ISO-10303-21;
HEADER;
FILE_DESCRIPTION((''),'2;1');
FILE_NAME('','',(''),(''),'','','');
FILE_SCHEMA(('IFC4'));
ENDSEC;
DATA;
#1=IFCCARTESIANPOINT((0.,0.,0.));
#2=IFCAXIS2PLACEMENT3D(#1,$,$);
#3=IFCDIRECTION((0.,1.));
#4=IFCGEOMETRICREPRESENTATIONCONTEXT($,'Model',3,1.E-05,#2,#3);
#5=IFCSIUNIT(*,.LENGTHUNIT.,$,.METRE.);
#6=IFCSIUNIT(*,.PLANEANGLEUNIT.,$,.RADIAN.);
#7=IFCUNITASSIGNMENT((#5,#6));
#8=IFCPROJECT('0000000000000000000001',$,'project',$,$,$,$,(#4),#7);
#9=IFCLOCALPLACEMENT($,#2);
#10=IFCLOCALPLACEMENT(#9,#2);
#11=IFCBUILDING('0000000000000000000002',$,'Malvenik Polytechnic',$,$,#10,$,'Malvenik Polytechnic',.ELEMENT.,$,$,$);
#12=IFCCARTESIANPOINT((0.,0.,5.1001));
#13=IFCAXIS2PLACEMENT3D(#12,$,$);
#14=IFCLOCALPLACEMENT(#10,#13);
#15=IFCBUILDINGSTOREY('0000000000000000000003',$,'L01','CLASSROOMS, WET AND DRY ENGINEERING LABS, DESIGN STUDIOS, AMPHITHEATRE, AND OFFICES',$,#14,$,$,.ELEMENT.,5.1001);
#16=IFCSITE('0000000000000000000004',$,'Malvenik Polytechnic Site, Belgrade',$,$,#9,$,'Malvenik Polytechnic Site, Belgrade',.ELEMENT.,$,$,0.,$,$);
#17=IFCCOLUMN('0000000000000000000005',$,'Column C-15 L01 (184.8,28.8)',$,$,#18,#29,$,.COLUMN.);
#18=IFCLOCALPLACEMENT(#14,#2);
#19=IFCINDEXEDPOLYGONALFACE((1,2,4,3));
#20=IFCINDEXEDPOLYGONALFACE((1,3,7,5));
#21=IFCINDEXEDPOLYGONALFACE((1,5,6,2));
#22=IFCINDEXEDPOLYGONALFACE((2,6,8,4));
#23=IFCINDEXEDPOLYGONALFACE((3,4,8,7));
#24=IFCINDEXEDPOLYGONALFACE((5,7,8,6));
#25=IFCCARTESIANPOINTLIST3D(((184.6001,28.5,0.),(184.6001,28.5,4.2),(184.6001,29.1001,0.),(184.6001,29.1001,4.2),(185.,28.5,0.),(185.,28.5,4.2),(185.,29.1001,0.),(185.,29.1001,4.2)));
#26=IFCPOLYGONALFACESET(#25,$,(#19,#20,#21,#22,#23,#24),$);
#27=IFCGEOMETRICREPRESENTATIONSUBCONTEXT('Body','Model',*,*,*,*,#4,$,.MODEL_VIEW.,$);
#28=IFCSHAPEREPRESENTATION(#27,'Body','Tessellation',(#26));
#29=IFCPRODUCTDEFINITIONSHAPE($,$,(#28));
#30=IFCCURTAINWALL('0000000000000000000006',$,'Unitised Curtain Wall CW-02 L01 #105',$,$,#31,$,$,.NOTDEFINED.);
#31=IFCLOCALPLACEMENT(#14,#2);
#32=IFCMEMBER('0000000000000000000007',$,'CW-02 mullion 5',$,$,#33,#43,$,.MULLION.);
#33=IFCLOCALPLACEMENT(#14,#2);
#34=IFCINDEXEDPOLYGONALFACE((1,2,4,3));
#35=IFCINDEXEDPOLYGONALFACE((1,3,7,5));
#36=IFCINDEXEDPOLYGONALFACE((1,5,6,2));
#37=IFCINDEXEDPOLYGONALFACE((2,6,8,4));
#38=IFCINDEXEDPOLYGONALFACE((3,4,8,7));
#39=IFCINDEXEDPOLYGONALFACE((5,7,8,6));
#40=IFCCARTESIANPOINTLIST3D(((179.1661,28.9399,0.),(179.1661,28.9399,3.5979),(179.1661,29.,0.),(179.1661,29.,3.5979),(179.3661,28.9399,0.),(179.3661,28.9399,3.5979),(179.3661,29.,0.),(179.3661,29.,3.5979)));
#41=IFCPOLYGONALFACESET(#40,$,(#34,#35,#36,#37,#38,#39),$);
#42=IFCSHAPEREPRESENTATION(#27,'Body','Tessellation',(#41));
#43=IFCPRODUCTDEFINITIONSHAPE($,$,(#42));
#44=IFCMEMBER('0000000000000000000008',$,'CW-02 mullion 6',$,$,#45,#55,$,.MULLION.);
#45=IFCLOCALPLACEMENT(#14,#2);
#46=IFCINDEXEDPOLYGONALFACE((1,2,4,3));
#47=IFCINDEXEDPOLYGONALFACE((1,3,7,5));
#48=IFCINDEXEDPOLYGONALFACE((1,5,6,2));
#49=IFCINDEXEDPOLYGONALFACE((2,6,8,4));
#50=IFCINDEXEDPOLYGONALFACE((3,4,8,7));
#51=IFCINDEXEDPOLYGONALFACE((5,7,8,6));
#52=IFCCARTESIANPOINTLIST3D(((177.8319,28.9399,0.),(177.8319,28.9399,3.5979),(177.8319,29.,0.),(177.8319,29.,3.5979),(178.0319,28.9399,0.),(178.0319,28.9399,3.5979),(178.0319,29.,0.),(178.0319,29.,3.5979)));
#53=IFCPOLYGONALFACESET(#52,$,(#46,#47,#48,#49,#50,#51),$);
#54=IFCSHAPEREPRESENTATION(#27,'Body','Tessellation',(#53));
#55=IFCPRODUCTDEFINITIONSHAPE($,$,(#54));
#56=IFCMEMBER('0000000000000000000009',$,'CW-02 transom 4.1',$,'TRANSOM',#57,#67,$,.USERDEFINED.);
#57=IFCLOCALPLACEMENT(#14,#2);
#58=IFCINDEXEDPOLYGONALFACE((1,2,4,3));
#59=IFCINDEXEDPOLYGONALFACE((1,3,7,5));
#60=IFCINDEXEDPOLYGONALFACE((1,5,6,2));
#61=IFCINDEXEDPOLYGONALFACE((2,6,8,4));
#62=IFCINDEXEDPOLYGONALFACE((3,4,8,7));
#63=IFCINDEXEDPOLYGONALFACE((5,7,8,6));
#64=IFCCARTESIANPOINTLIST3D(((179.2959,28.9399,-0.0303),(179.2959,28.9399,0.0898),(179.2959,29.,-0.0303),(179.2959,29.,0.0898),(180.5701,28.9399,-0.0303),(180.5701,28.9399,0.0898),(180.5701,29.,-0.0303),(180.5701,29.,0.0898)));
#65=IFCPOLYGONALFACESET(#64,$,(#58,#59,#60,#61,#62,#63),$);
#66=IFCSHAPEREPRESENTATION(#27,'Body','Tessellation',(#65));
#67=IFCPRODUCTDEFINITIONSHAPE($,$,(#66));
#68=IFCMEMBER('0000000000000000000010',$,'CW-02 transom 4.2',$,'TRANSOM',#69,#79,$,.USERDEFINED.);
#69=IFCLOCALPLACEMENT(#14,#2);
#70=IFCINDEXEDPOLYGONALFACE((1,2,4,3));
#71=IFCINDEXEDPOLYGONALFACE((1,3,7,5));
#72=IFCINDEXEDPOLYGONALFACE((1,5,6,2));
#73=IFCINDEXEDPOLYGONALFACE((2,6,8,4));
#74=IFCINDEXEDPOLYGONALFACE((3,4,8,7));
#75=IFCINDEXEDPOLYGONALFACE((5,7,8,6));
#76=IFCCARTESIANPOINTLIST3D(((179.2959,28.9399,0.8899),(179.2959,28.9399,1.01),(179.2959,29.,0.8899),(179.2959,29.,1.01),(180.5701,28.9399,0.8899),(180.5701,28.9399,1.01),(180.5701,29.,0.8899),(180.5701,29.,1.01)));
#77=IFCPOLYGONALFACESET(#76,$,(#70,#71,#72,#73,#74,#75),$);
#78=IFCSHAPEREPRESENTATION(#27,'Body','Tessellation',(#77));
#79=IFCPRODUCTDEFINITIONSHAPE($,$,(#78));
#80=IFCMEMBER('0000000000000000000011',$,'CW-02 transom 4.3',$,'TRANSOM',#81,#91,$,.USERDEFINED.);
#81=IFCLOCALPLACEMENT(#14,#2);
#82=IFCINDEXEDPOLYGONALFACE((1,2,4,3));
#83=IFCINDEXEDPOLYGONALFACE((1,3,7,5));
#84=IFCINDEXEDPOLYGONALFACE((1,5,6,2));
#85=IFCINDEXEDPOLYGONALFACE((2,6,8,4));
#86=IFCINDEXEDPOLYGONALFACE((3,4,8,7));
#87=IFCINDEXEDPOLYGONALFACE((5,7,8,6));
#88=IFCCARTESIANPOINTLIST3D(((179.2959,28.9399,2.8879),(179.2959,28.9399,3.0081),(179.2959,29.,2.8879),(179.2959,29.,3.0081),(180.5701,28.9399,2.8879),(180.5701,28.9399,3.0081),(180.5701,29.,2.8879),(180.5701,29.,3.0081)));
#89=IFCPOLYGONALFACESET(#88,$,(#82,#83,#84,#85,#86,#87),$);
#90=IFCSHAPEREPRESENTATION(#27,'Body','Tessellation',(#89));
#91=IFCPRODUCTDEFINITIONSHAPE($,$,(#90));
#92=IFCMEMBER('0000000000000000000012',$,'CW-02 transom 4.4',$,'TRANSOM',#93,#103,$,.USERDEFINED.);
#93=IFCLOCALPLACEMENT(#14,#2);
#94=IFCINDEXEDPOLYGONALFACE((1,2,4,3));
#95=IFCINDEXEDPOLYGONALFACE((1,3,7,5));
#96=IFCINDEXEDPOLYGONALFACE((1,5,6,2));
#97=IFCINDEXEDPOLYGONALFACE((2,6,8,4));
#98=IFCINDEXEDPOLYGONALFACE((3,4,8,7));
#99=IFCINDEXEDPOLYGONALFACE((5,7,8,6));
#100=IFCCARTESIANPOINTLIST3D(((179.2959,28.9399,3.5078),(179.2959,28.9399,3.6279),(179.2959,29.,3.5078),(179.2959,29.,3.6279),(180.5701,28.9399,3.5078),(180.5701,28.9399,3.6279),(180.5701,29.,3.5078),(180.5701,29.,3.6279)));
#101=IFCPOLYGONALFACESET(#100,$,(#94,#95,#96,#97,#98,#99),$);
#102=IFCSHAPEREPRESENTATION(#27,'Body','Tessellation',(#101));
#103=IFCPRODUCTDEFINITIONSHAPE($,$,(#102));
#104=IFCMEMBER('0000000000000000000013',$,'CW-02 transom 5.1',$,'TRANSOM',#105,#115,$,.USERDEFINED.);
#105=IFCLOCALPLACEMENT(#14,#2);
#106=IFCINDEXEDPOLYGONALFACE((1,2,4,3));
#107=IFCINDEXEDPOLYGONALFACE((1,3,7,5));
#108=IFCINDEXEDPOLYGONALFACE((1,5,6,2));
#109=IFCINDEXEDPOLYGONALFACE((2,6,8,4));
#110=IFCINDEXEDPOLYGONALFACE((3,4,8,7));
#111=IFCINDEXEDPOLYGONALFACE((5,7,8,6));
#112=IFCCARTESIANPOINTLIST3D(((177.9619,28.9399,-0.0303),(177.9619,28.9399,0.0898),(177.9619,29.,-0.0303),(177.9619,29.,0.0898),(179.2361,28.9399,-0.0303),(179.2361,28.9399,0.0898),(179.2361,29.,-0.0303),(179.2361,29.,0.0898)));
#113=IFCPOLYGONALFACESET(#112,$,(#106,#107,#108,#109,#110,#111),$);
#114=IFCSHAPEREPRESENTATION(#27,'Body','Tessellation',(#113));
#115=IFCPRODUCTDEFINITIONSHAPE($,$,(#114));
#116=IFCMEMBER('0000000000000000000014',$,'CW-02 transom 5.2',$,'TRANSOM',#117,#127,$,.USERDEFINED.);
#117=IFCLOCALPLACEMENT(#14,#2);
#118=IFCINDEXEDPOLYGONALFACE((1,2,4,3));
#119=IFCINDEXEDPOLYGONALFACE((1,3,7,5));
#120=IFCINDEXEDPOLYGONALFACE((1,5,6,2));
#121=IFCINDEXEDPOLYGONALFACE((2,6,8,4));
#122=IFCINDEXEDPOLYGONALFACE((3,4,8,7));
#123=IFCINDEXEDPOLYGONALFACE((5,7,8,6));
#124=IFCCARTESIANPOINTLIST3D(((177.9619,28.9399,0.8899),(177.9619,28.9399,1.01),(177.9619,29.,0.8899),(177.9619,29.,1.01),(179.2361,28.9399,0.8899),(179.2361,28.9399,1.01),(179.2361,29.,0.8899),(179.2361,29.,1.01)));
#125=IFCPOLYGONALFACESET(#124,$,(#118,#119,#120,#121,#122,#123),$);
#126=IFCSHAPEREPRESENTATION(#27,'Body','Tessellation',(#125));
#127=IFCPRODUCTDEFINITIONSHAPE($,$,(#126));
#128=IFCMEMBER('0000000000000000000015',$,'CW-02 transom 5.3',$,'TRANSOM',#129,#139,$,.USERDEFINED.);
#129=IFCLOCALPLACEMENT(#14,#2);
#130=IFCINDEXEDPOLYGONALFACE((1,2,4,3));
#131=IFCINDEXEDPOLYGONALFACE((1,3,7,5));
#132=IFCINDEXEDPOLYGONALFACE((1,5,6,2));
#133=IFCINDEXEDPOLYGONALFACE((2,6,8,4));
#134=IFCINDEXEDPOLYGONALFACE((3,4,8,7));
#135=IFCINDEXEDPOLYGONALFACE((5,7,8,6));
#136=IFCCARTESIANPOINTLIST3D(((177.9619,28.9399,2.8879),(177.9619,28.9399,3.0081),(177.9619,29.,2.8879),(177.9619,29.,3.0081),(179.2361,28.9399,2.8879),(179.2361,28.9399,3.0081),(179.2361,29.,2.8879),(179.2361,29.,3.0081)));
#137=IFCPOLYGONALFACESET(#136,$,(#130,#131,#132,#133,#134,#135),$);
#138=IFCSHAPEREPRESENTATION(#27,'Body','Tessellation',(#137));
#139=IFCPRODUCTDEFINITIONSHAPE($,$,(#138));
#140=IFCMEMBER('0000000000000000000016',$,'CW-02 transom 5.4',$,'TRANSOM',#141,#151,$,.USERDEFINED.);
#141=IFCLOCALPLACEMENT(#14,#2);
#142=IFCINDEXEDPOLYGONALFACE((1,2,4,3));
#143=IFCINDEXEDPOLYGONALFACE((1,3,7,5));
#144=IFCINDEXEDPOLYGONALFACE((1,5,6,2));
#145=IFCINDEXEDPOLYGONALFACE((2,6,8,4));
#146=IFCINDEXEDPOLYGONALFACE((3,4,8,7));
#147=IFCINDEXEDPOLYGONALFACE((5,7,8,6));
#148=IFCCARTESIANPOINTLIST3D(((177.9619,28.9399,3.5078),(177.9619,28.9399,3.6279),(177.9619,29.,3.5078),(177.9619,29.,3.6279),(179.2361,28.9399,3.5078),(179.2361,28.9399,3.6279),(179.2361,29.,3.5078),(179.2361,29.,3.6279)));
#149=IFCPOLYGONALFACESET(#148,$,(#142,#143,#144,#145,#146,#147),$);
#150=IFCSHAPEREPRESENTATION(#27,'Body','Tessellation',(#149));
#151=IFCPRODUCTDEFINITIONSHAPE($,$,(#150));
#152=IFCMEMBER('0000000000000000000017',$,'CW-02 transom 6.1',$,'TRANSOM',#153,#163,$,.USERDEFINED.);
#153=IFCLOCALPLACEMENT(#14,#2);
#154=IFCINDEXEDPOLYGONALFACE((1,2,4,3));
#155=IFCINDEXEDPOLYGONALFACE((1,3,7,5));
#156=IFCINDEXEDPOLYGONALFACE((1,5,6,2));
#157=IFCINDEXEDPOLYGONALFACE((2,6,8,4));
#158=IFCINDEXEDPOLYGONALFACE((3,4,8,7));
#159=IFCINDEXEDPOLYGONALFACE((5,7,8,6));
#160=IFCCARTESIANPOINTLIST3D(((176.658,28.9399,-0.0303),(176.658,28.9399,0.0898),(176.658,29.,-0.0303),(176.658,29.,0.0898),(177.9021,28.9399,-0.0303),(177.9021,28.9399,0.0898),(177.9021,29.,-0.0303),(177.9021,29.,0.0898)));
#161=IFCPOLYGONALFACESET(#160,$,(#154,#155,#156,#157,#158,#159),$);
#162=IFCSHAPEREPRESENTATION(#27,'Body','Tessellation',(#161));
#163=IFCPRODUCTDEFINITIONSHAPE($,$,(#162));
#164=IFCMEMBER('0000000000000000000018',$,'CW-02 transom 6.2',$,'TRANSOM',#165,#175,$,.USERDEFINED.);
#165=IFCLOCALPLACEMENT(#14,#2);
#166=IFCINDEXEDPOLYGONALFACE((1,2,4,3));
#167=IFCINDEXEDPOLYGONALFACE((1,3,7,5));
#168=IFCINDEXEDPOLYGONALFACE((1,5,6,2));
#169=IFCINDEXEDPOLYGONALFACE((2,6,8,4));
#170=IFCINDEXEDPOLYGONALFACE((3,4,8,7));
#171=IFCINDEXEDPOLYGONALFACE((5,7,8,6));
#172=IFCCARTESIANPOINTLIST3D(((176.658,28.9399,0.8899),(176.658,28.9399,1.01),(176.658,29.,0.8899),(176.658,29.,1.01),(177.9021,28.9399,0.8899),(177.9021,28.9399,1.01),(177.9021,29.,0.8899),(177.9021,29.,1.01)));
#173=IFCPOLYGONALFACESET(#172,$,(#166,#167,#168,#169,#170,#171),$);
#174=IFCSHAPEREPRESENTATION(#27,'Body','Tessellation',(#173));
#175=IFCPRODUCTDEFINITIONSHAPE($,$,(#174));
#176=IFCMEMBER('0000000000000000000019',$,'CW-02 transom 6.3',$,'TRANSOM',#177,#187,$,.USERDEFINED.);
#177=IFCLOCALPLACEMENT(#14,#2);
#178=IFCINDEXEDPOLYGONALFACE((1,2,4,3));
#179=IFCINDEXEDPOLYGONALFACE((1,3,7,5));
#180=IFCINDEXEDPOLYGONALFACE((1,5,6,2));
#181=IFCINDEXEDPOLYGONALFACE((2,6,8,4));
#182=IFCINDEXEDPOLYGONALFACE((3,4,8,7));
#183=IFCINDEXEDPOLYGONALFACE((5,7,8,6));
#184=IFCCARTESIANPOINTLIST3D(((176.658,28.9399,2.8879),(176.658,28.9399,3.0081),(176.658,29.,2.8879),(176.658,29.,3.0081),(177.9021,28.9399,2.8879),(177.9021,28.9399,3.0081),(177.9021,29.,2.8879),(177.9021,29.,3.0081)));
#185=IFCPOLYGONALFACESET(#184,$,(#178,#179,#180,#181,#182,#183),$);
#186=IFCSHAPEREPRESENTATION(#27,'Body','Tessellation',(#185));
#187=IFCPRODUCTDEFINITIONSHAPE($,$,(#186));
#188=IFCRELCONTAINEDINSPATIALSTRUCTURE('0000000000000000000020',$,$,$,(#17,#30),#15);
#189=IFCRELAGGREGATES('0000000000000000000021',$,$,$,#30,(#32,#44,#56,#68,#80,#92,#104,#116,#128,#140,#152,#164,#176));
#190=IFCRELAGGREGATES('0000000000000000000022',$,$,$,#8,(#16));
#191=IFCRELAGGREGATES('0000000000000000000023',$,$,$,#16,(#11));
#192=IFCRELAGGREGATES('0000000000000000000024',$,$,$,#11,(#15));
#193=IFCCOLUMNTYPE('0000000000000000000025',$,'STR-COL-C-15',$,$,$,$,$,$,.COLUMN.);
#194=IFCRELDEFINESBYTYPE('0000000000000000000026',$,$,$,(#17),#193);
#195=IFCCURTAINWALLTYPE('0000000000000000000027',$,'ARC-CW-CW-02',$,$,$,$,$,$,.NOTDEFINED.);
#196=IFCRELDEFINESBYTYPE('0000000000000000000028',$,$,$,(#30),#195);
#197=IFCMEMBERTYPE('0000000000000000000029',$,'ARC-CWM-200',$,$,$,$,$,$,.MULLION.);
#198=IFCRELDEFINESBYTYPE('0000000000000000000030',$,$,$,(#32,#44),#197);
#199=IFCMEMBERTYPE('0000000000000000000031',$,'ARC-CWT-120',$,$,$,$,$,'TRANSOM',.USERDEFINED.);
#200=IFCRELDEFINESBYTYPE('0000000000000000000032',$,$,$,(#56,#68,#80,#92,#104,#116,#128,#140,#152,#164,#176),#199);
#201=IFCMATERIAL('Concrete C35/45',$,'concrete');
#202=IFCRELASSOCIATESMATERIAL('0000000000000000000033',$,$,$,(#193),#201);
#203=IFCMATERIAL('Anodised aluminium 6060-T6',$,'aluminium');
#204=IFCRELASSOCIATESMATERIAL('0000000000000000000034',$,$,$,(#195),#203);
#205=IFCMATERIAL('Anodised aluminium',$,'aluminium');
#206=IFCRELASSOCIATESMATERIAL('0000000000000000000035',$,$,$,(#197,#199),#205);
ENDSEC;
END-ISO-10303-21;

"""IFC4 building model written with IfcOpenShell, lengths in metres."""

from ifc_helpers import new_model, si_unit, direction, frame, origin, origin_2d, place, context, subcontext, project, spatial, rectangle, extrude, material, material_profile, profile_set, type_object, element, aggregate, save


model = new_model("IFC4")

# Units and contexts
model_context = context("Model", 3, precision=1e-05, world=origin(), true_north=direction((0.0, 1.0)))
body_context = subcontext(model_context, "Body", "Model", "MODEL_VIEW")
ifc_project = project(units=[si_unit("LENGTHUNIT", "METRE"), si_unit("PLANEANGLEUNIT", "RADIAN")], contexts=[model_context])

# Site, building, storey
site_placement = place(None, origin())
site = spatial("IfcSite", under=ifc_project, at=site_placement, Name="Malvenik Polytechnic Site, Belgrade", LongName="Malvenik Polytechnic Site, Belgrade", CompositionType="ELEMENT", RefElevation=0.0)
building_placement = place(site_placement, origin())
building = spatial("IfcBuilding", under=site, at=building_placement, Name="Malvenik Polytechnic", LongName="Malvenik Polytechnic", CompositionType="ELEMENT")
storey_placement = place(building_placement, frame((0.0, 0.0, 5.1001)))
storey = spatial("IfcBuildingStorey", under=building, at=storey_placement, Name="L01", Description="CLASSROOMS, WET AND DRY ENGINEERING LABS, DESIGN STUDIOS, AMPHITHEATRE, AND OFFICES", CompositionType="ELEMENT", Elevation=5.1001)

# Column
ifc_material_1 = material(Name="Concrete C35/45", Category="concrete")
ifc_material_profile_1 = material_profile(ifc_material_1, rectangle(XDim=0.3999, YDim=0.6001, at=origin_2d()), Name="RC COL 600x400")
ifc_profile_set_1 = profile_set([ifc_material_profile_1], Name="Concrete C35/45")
column_type = type_object("IfcColumnType", Name="STR-COL-C-15", PredefinedType="COLUMN", material=ifc_profile_set_1)
column_placement = place(storey_placement, frame((184.8, 28.8, 0.0), z_axis=(0.0, 0.0, 1.0), x_axis=(1.0, 0.0, 0.0)))
element("IfcColumn", 1, at=column_placement, inside=storey, type_object=column_type, Name="Column C-15 L01 (184.8,28.8)", PredefinedType="COLUMN", context=body_context, shape_type="SweptSolid", body=[
    extrude(rectangle(XDim=0.3999, YDim=0.6001, at=origin_2d()), origin(), (0.0, 0.0, 1.0), 4.2),
])

# Curtain wall, members
ifc_material_2 = material(Name="Anodised aluminium 6060-T6", Category="aluminium")
curtain_wall_type = type_object("IfcCurtainWallType", Name="ARC-CW-CW-02", PredefinedType="NOTDEFINED", material=ifc_material_2)
curtain_wall_placement = place(storey_placement, origin())
curtain_wall = element("IfcCurtainWall", 2, at=curtain_wall_placement, inside=storey, type_object=curtain_wall_type, Name="Unitised Curtain Wall CW-02 L01 #105", PredefinedType="NOTDEFINED")
ifc_material_3 = material(Name="Anodised aluminium", Category="aluminium")
ifc_material_profile_2 = material_profile(ifc_material_3, rectangle(XDim=0.0601, YDim=0.2, at=origin_2d()), Name="ALU MULLION 60x200")
ifc_profile_set_2 = profile_set([ifc_material_profile_2], Name="Anodised aluminium")
member_type_1 = type_object("IfcMemberType", Name="ARC-CWM-200", PredefinedType="MULLION", material=ifc_profile_set_2)
member_1_placement = place(storey_placement, frame((179.2661, 28.97, 0.0), z_axis=(0.0, 0.0, 1.0), x_axis=(0.0, -1.0, 0.0)))
member_1 = element("IfcMember", 3, at=member_1_placement, type_object=member_type_1, Name="CW-02 mullion 5", PredefinedType="MULLION", context=body_context, shape_type="SweptSolid", body=[
    extrude(rectangle(XDim=0.0601, YDim=0.2, at=origin_2d()), origin(), (0.0, 0.0, 1.0), 3.5979),
])
member_2_placement = place(storey_placement, frame((177.9319, 28.97, 0.0), z_axis=(0.0, 0.0, 1.0), x_axis=(0.0, -1.0, 0.0)))
member_2 = element("IfcMember", 4, at=member_2_placement, type_object=member_type_1, Name="CW-02 mullion 6", PredefinedType="MULLION", context=body_context, shape_type="SweptSolid", body=[
    extrude(rectangle(XDim=0.0601, YDim=0.2, at=origin_2d()), origin(), (0.0, 0.0, 1.0), 3.5979),
])
ifc_material_profile_3 = material_profile(ifc_material_3, rectangle(XDim=0.0601, YDim=0.1201, at=origin_2d()), Name="ALU TRANSOM 60x120")
ifc_profile_set_3 = profile_set([ifc_material_profile_3], Name="Anodised aluminium")
member_type_2 = type_object("IfcMemberType", Name="ARC-CWT-120", ElementType="TRANSOM", PredefinedType="USERDEFINED", material=ifc_profile_set_3)
member_3_placement = place(storey_placement, frame((180.5701, 28.97, 0.0298), z_axis=(-1.0, 0.0, 0.0), x_axis=(0.0, -1.0, 0.0)))
member_3 = element("IfcMember", 5, at=member_3_placement, type_object=member_type_2, Name="CW-02 transom 4.1", ObjectType="TRANSOM", PredefinedType="USERDEFINED", context=body_context, shape_type="SweptSolid", body=[
    extrude(rectangle(XDim=0.0601, YDim=0.1201, at=origin_2d()), origin(), (0.0, 0.0, 1.0), 1.2742),
])
member_4_placement = place(storey_placement, frame((180.5701, 28.97, 0.95), z_axis=(-1.0, 0.0, 0.0), x_axis=(0.0, -1.0, 0.0)))
member_4 = element("IfcMember", 6, at=member_4_placement, type_object=member_type_2, Name="CW-02 transom 4.2", ObjectType="TRANSOM", PredefinedType="USERDEFINED", context=body_context, shape_type="SweptSolid", body=[
    extrude(rectangle(XDim=0.0601, YDim=0.1201, at=origin_2d()), origin(), (0.0, 0.0, 1.0), 1.2742),
])
member_5_placement = place(storey_placement, frame((180.5701, 28.97, 2.948), z_axis=(-1.0, 0.0, 0.0), x_axis=(0.0, -1.0, 0.0)))
member_5 = element("IfcMember", 7, at=member_5_placement, type_object=member_type_2, Name="CW-02 transom 4.3", ObjectType="TRANSOM", PredefinedType="USERDEFINED", context=body_context, shape_type="SweptSolid", body=[
    extrude(rectangle(XDim=0.0601, YDim=0.1201, at=origin_2d()), origin(), (0.0, 0.0, 1.0), 1.2742),
])
member_6_placement = place(storey_placement, frame((180.5701, 28.97, 3.5679), z_axis=(-1.0, 0.0, 0.0), x_axis=(0.0, -1.0, 0.0)))
member_6 = element("IfcMember", 8, at=member_6_placement, type_object=member_type_2, Name="CW-02 transom 4.4", ObjectType="TRANSOM", PredefinedType="USERDEFINED", context=body_context, shape_type="SweptSolid", body=[
    extrude(rectangle(XDim=0.0601, YDim=0.1201, at=origin_2d()), origin(), (0.0, 0.0, 1.0), 1.2742),
])
member_7_placement = place(storey_placement, frame((179.2361, 28.97, 0.0298), z_axis=(-1.0, 0.0, 0.0), x_axis=(0.0, -1.0, 0.0)))
member_7 = element("IfcMember", 9, at=member_7_placement, type_object=member_type_2, Name="CW-02 transom 5.1", ObjectType="TRANSOM", PredefinedType="USERDEFINED", context=body_context, shape_type="SweptSolid", body=[
    extrude(rectangle(XDim=0.0601, YDim=0.1201, at=origin_2d()), origin(), (0.0, 0.0, 1.0), 1.2742),
])
member_8_placement = place(storey_placement, frame((179.2361, 28.97, 0.95), z_axis=(-1.0, 0.0, 0.0), x_axis=(0.0, -1.0, 0.0)))
member_8 = element("IfcMember", 10, at=member_8_placement, type_object=member_type_2, Name="CW-02 transom 5.2", ObjectType="TRANSOM", PredefinedType="USERDEFINED", context=body_context, shape_type="SweptSolid", body=[
    extrude(rectangle(XDim=0.0601, YDim=0.1201, at=origin_2d()), origin(), (0.0, 0.0, 1.0), 1.2742),
])
member_9_placement = place(storey_placement, frame((179.2361, 28.97, 2.948), z_axis=(-1.0, 0.0, 0.0), x_axis=(0.0, -1.0, 0.0)))
member_9 = element("IfcMember", 11, at=member_9_placement, type_object=member_type_2, Name="CW-02 transom 5.3", ObjectType="TRANSOM", PredefinedType="USERDEFINED", context=body_context, shape_type="SweptSolid", body=[
    extrude(rectangle(XDim=0.0601, YDim=0.1201, at=origin_2d()), origin(), (0.0, 0.0, 1.0), 1.2742),
])
member_10_placement = place(storey_placement, frame((179.2361, 28.97, 3.5679), z_axis=(-1.0, 0.0, 0.0), x_axis=(0.0, -1.0, 0.0)))
member_10 = element("IfcMember", 12, at=member_10_placement, type_object=member_type_2, Name="CW-02 transom 5.4", ObjectType="TRANSOM", PredefinedType="USERDEFINED", context=body_context, shape_type="SweptSolid", body=[
    extrude(rectangle(XDim=0.0601, YDim=0.1201, at=origin_2d()), origin(), (0.0, 0.0, 1.0), 1.2742),
])
member_11_placement = place(storey_placement, frame((177.9021, 28.97, 0.0298), z_axis=(-1.0, 0.0, 0.0), x_axis=(0.0, -1.0, 0.0)))
member_11 = element("IfcMember", 13, at=member_11_placement, type_object=member_type_2, Name="CW-02 transom 6.1", ObjectType="TRANSOM", PredefinedType="USERDEFINED", context=body_context, shape_type="SweptSolid", body=[
    extrude(rectangle(XDim=0.0601, YDim=0.1201, at=origin_2d()), origin(), (0.0, 0.0, 1.0), 1.2441),
])
member_12_placement = place(storey_placement, frame((177.9021, 28.97, 0.95), z_axis=(-1.0, 0.0, 0.0), x_axis=(0.0, -1.0, 0.0)))
member_12 = element("IfcMember", 14, at=member_12_placement, type_object=member_type_2, Name="CW-02 transom 6.2", ObjectType="TRANSOM", PredefinedType="USERDEFINED", context=body_context, shape_type="SweptSolid", body=[
    extrude(rectangle(XDim=0.0601, YDim=0.1201, at=origin_2d()), origin(), (0.0, 0.0, 1.0), 1.2441),
])
member_13_placement = place(storey_placement, frame((177.9021, 28.97, 2.948), z_axis=(-1.0, 0.0, 0.0), x_axis=(0.0, -1.0, 0.0)))
member_13 = element("IfcMember", 15, at=member_13_placement, type_object=member_type_2, Name="CW-02 transom 6.3", ObjectType="TRANSOM", PredefinedType="USERDEFINED", context=body_context, shape_type="SweptSolid", body=[
    extrude(rectangle(XDim=0.0601, YDim=0.1201, at=origin_2d()), origin(), (0.0, 0.0, 1.0), 1.2441),
])
aggregate(curtain_wall, [member_1, member_2, member_3, member_4, member_5, member_6, member_7, member_8, member_9, member_10, member_11, member_12, member_13])

save(model, "model.ifc")
